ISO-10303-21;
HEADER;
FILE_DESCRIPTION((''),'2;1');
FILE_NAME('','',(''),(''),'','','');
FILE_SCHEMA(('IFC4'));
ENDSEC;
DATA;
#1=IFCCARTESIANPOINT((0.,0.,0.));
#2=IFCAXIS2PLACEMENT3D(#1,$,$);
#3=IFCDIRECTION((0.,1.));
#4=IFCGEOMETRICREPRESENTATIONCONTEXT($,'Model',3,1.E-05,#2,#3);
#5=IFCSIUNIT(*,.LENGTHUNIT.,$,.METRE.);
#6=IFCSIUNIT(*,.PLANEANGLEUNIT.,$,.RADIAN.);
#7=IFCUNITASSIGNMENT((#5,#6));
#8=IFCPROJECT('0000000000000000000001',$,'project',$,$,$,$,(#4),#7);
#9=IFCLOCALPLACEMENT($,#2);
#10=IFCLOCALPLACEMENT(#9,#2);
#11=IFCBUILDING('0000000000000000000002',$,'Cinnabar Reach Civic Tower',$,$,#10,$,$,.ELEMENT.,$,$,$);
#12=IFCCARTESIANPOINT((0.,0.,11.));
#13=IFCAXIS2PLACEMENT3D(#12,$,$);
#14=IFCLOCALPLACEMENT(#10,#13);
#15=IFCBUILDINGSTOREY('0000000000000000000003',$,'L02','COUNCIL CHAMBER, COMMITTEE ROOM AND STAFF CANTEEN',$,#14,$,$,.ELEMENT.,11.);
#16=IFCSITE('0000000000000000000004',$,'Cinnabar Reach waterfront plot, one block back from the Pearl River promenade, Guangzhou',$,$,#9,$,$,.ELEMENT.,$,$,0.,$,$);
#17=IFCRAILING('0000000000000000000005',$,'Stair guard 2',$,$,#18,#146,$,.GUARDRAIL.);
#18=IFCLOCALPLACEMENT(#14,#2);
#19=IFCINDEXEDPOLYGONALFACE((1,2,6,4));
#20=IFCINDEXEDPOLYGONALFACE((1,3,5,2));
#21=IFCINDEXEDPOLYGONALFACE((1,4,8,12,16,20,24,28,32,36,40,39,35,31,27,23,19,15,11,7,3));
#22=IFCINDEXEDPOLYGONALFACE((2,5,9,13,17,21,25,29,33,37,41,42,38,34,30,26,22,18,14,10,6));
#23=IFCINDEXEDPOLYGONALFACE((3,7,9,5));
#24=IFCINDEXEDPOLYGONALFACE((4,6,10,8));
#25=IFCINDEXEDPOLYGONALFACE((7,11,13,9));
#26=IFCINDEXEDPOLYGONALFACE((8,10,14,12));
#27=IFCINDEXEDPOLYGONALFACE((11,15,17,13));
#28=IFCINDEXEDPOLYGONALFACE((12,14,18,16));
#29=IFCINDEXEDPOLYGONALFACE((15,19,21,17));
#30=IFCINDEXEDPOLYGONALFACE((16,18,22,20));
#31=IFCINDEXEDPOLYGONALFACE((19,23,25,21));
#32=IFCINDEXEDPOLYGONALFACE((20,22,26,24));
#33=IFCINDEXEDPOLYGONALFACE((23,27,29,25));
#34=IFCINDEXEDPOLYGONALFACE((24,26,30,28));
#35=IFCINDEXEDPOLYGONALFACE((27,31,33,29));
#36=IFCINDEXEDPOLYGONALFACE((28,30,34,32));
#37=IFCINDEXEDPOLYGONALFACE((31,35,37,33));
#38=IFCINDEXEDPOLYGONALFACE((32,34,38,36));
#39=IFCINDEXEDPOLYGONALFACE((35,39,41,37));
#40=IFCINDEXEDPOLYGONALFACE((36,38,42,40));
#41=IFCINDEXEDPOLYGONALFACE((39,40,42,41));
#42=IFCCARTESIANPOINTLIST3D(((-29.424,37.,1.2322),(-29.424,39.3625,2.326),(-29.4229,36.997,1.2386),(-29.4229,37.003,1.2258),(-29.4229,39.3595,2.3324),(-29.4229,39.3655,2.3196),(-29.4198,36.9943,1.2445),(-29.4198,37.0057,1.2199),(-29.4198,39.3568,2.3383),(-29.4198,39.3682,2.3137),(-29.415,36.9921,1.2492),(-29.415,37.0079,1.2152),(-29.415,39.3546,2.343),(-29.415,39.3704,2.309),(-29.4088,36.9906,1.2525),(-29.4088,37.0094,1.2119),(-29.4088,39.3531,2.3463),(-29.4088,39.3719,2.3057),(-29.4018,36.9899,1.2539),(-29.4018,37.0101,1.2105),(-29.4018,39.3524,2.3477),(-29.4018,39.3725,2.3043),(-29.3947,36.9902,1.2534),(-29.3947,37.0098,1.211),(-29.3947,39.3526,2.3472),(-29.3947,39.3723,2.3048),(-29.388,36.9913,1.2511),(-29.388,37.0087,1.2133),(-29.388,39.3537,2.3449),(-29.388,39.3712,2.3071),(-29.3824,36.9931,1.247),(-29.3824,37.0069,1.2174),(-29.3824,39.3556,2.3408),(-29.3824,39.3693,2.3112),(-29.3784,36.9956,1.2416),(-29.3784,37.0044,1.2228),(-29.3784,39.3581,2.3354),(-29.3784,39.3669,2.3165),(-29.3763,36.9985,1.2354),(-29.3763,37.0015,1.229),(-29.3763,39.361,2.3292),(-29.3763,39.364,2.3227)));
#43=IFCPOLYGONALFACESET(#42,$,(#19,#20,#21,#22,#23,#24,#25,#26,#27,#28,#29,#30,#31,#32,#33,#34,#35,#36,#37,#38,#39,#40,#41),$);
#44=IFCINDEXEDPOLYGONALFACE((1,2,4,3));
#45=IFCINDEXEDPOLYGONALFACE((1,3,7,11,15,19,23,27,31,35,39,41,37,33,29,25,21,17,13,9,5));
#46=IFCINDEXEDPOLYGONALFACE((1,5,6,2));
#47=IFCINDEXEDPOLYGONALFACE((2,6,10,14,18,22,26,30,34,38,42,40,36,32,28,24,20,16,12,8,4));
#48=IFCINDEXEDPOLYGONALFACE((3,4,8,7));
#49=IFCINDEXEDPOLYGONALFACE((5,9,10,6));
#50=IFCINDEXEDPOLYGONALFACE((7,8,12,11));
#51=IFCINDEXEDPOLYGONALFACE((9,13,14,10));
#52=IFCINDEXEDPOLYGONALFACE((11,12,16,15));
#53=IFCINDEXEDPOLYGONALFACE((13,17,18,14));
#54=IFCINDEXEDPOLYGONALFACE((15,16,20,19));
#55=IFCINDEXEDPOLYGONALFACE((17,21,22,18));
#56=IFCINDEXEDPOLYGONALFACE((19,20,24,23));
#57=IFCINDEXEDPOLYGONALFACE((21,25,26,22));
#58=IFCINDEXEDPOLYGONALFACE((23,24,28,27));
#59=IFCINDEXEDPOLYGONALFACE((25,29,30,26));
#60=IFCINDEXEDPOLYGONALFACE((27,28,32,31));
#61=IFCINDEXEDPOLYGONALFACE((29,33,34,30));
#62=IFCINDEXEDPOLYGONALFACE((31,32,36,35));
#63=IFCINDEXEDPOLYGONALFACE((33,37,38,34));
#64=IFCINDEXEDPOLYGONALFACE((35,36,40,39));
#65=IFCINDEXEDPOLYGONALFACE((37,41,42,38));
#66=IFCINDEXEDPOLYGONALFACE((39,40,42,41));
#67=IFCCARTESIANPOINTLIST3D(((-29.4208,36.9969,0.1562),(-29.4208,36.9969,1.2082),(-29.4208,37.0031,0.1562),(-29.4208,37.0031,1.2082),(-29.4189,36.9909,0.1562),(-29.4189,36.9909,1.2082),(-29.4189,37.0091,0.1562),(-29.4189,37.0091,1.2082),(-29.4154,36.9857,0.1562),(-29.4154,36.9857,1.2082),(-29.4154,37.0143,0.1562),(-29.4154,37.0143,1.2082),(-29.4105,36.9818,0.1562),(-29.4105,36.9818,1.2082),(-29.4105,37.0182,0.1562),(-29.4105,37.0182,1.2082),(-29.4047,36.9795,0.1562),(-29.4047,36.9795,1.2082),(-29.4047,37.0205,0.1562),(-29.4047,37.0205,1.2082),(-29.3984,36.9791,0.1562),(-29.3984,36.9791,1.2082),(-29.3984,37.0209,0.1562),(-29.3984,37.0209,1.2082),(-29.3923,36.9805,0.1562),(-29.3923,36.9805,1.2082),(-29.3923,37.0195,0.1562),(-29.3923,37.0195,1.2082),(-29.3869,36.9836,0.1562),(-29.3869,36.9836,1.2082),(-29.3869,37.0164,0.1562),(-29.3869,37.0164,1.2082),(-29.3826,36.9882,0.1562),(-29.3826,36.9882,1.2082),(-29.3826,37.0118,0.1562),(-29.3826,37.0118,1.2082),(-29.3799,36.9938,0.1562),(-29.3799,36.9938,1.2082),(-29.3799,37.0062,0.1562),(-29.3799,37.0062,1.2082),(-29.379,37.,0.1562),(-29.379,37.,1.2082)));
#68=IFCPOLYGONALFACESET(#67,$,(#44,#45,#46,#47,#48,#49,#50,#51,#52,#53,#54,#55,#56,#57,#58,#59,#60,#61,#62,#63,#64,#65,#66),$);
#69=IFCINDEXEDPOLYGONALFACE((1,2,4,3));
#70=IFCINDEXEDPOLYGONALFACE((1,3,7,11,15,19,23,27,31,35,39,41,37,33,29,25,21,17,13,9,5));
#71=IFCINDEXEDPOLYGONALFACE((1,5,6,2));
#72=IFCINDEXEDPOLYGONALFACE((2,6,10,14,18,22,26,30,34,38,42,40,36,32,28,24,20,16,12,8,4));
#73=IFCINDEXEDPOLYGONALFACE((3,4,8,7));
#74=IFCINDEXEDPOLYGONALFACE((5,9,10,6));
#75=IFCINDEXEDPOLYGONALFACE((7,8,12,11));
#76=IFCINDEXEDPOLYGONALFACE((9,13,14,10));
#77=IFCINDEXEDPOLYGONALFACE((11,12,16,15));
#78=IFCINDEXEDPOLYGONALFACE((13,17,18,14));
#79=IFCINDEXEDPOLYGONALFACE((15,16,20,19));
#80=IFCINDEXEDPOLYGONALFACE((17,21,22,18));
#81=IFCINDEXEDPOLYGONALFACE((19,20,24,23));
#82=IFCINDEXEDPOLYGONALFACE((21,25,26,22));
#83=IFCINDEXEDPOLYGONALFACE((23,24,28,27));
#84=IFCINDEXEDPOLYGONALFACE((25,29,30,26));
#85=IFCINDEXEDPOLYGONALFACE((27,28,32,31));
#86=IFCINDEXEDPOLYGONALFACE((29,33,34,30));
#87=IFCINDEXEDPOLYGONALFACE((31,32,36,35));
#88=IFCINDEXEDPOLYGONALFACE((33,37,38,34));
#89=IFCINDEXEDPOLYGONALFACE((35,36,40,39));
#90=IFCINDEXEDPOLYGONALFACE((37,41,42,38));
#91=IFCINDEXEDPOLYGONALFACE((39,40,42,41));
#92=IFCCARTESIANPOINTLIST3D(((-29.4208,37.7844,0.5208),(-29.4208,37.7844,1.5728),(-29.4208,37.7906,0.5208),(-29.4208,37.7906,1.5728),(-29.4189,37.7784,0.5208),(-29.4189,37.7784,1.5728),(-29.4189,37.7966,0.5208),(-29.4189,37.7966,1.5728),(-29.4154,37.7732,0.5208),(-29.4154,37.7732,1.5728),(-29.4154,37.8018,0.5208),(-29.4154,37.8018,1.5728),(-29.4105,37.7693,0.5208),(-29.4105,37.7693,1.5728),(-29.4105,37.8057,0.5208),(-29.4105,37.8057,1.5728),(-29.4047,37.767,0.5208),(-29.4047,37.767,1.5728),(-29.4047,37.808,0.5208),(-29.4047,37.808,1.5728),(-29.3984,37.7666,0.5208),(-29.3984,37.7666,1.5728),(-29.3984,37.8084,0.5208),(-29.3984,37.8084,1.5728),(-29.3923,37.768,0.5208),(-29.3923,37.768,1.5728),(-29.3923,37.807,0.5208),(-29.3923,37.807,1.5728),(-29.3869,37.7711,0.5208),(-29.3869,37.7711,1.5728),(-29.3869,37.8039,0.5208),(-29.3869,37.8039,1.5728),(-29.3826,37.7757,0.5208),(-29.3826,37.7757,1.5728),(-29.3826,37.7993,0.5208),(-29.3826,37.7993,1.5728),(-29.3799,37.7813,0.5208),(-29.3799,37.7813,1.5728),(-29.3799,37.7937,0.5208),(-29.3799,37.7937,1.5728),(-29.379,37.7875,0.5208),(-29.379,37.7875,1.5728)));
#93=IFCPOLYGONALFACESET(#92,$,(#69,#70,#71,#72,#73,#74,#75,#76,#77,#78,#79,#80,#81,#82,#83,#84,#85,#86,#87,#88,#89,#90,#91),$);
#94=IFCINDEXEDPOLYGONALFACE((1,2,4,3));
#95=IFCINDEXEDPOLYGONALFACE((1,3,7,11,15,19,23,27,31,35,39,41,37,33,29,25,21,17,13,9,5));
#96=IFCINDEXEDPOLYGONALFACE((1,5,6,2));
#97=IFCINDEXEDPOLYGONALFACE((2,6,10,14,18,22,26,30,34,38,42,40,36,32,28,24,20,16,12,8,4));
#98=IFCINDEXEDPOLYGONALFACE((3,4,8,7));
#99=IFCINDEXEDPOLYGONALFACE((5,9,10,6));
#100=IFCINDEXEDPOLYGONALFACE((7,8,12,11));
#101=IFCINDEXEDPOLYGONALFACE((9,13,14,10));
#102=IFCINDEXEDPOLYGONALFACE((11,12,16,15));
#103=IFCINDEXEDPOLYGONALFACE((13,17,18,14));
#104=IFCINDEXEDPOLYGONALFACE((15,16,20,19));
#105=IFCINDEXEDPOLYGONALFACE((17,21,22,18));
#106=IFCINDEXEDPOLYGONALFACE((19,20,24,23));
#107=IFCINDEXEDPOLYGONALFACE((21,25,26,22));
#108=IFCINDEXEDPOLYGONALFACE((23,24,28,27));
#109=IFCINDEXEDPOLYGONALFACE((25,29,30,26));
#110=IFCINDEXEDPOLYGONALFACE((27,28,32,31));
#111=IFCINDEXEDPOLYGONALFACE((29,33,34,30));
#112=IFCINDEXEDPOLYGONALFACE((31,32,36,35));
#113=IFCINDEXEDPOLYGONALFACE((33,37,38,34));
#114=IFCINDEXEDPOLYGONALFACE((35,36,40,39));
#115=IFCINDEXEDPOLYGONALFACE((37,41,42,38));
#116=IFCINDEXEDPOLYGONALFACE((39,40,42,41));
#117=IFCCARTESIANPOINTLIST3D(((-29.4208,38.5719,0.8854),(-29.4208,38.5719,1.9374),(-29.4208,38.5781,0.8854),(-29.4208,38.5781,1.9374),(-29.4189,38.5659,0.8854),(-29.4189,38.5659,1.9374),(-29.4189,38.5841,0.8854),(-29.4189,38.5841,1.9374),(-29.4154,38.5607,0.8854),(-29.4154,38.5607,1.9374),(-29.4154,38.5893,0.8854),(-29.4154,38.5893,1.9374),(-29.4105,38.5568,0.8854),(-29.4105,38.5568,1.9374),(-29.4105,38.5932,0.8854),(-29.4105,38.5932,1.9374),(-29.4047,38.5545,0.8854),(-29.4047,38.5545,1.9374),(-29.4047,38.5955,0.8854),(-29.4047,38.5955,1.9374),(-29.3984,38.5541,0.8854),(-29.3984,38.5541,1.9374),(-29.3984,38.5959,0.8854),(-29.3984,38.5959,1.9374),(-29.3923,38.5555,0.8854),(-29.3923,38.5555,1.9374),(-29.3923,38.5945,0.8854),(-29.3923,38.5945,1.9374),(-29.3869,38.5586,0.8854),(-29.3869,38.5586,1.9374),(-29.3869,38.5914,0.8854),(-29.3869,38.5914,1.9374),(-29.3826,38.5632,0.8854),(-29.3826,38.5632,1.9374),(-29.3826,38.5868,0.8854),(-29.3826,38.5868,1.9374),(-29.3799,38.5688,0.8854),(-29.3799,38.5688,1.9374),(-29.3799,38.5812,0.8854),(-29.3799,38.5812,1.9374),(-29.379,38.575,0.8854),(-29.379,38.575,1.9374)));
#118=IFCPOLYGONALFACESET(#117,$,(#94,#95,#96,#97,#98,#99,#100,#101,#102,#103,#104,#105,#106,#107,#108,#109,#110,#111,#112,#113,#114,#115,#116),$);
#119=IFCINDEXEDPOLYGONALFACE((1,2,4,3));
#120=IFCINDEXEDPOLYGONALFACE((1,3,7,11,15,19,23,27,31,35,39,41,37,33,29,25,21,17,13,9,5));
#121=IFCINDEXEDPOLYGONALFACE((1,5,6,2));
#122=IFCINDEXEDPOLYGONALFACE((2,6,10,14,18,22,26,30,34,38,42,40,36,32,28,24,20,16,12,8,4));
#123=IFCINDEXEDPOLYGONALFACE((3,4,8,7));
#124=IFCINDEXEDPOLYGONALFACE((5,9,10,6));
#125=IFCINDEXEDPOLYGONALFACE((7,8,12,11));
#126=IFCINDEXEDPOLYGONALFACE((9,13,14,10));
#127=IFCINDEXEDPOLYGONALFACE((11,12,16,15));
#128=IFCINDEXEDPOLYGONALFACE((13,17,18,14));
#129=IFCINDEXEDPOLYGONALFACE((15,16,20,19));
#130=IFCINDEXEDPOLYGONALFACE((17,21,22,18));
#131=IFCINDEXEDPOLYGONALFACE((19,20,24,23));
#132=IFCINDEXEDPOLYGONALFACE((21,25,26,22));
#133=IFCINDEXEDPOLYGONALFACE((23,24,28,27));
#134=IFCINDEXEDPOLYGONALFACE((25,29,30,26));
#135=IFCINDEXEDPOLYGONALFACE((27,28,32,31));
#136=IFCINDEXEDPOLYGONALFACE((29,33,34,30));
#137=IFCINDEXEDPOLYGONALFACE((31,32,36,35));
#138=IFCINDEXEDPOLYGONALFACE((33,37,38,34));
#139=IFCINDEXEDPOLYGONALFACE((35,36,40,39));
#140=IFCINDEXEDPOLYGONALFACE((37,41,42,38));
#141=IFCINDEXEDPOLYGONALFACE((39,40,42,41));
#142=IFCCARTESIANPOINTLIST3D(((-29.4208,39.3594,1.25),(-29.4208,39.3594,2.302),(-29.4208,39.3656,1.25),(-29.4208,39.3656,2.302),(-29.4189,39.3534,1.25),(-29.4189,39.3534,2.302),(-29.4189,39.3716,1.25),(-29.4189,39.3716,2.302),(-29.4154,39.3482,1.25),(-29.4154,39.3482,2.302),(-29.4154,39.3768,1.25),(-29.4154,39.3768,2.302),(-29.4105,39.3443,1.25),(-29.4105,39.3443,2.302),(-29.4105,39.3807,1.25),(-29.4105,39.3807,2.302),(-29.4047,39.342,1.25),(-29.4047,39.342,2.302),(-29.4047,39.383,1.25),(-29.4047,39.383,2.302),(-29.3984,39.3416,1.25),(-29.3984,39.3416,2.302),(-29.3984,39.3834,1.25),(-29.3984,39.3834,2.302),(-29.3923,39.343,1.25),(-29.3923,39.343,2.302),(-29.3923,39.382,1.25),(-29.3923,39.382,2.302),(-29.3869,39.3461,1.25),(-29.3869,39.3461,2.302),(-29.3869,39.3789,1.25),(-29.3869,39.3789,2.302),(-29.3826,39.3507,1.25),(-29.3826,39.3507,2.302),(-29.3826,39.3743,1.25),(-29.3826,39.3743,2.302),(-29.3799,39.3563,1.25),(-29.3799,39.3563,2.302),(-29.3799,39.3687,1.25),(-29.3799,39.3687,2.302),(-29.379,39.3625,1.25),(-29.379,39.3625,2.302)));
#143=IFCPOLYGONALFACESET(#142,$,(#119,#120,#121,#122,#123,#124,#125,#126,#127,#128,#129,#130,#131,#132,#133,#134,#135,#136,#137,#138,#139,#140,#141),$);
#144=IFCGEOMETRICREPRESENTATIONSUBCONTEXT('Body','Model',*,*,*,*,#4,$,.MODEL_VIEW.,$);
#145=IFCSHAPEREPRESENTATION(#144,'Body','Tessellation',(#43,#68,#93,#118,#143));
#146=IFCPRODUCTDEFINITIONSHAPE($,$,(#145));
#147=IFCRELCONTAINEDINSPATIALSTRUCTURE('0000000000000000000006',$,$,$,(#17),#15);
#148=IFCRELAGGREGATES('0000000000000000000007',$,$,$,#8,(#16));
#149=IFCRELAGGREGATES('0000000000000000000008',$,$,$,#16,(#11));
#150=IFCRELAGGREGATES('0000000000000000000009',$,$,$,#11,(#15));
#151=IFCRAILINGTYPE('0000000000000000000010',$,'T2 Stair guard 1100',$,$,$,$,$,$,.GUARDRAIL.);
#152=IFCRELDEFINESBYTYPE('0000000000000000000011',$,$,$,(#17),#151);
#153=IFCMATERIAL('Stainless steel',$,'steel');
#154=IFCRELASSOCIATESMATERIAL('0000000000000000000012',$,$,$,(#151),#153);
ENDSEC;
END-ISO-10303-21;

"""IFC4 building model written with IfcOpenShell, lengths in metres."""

from ifc_helpers import new_model, si_unit, direction, frame, origin, origin_2d, place, context, subcontext, project, spatial, circle, extrude, material, type_object, element, save


model = new_model("IFC4")

# Units and contexts
model_context = context("Model", 3, precision=1e-05, world=origin(), true_north=direction((0.0, 1.0)))
body_context = subcontext(model_context, "Body", "Model", "MODEL_VIEW")
ifc_project = project(units=[si_unit("LENGTHUNIT", "METRE"), si_unit("PLANEANGLEUNIT", "RADIAN")], contexts=[model_context])

# Site, building, storey
site_placement = place(None, origin())
site = spatial("IfcSite", under=ifc_project, at=site_placement, Name="Cinnabar Reach waterfront plot, one block back from the Pearl River promenade, Guangzhou", CompositionType="ELEMENT", RefElevation=0.0)
building_placement = place(site_placement, origin())
building = spatial("IfcBuilding", under=site, at=building_placement, Name="Cinnabar Reach Civic Tower", CompositionType="ELEMENT")
storey_placement = place(building_placement, frame((0.0, 0.0, 11.0)))
storey = spatial("IfcBuildingStorey", under=building, at=storey_placement, Name="L02", Description="COUNCIL CHAMBER, COMMITTEE ROOM AND STAFF CANTEEN", CompositionType="ELEMENT", Elevation=11.0)

# Railing
ifc_material_1 = material(Name="Stainless steel", Category="steel")
railing_type = type_object("IfcRailingType", Name="T2 Stair guard 1100", PredefinedType="GUARDRAIL", material=ifc_material_1)
railing_1_placement = place(storey_placement, frame((-29.4, 37.0, 0.1562)))
element("IfcRailing", 1, at=railing_1_placement, inside=storey, type_object=railing_type, Name="Stair guard 2", PredefinedType="GUARDRAIL", context=body_context, shape_type="SweptSolid", body=[
    extrude(circle(Radius=0.024, at=origin_2d()), frame((0.0, 0.0, 1.076), z_axis=(0.0, 0.90746, 0.420139), x_axis=(-1.0, 0.0, 0.0)), (0.0, 0.0, 1.0), 2.6034),
    extrude(circle(Radius=0.021, at=origin_2d()), origin(), (0.0, 0.0, 1.0), 1.052),
    extrude(circle(Radius=0.021, at=origin_2d()), frame((0.0, 0.7875, 0.3646)), (0.0, 0.0, 1.0), 1.052),
    extrude(circle(Radius=0.021, at=origin_2d()), frame((0.0, 1.575, 0.7292)), (0.0, 0.0, 1.0), 1.052),
    extrude(circle(Radius=0.021, at=origin_2d()), frame((0.0, 2.3625, 1.0938)), (0.0, 0.0, 1.0), 1.052),
])

save(model, "model.ifc")
